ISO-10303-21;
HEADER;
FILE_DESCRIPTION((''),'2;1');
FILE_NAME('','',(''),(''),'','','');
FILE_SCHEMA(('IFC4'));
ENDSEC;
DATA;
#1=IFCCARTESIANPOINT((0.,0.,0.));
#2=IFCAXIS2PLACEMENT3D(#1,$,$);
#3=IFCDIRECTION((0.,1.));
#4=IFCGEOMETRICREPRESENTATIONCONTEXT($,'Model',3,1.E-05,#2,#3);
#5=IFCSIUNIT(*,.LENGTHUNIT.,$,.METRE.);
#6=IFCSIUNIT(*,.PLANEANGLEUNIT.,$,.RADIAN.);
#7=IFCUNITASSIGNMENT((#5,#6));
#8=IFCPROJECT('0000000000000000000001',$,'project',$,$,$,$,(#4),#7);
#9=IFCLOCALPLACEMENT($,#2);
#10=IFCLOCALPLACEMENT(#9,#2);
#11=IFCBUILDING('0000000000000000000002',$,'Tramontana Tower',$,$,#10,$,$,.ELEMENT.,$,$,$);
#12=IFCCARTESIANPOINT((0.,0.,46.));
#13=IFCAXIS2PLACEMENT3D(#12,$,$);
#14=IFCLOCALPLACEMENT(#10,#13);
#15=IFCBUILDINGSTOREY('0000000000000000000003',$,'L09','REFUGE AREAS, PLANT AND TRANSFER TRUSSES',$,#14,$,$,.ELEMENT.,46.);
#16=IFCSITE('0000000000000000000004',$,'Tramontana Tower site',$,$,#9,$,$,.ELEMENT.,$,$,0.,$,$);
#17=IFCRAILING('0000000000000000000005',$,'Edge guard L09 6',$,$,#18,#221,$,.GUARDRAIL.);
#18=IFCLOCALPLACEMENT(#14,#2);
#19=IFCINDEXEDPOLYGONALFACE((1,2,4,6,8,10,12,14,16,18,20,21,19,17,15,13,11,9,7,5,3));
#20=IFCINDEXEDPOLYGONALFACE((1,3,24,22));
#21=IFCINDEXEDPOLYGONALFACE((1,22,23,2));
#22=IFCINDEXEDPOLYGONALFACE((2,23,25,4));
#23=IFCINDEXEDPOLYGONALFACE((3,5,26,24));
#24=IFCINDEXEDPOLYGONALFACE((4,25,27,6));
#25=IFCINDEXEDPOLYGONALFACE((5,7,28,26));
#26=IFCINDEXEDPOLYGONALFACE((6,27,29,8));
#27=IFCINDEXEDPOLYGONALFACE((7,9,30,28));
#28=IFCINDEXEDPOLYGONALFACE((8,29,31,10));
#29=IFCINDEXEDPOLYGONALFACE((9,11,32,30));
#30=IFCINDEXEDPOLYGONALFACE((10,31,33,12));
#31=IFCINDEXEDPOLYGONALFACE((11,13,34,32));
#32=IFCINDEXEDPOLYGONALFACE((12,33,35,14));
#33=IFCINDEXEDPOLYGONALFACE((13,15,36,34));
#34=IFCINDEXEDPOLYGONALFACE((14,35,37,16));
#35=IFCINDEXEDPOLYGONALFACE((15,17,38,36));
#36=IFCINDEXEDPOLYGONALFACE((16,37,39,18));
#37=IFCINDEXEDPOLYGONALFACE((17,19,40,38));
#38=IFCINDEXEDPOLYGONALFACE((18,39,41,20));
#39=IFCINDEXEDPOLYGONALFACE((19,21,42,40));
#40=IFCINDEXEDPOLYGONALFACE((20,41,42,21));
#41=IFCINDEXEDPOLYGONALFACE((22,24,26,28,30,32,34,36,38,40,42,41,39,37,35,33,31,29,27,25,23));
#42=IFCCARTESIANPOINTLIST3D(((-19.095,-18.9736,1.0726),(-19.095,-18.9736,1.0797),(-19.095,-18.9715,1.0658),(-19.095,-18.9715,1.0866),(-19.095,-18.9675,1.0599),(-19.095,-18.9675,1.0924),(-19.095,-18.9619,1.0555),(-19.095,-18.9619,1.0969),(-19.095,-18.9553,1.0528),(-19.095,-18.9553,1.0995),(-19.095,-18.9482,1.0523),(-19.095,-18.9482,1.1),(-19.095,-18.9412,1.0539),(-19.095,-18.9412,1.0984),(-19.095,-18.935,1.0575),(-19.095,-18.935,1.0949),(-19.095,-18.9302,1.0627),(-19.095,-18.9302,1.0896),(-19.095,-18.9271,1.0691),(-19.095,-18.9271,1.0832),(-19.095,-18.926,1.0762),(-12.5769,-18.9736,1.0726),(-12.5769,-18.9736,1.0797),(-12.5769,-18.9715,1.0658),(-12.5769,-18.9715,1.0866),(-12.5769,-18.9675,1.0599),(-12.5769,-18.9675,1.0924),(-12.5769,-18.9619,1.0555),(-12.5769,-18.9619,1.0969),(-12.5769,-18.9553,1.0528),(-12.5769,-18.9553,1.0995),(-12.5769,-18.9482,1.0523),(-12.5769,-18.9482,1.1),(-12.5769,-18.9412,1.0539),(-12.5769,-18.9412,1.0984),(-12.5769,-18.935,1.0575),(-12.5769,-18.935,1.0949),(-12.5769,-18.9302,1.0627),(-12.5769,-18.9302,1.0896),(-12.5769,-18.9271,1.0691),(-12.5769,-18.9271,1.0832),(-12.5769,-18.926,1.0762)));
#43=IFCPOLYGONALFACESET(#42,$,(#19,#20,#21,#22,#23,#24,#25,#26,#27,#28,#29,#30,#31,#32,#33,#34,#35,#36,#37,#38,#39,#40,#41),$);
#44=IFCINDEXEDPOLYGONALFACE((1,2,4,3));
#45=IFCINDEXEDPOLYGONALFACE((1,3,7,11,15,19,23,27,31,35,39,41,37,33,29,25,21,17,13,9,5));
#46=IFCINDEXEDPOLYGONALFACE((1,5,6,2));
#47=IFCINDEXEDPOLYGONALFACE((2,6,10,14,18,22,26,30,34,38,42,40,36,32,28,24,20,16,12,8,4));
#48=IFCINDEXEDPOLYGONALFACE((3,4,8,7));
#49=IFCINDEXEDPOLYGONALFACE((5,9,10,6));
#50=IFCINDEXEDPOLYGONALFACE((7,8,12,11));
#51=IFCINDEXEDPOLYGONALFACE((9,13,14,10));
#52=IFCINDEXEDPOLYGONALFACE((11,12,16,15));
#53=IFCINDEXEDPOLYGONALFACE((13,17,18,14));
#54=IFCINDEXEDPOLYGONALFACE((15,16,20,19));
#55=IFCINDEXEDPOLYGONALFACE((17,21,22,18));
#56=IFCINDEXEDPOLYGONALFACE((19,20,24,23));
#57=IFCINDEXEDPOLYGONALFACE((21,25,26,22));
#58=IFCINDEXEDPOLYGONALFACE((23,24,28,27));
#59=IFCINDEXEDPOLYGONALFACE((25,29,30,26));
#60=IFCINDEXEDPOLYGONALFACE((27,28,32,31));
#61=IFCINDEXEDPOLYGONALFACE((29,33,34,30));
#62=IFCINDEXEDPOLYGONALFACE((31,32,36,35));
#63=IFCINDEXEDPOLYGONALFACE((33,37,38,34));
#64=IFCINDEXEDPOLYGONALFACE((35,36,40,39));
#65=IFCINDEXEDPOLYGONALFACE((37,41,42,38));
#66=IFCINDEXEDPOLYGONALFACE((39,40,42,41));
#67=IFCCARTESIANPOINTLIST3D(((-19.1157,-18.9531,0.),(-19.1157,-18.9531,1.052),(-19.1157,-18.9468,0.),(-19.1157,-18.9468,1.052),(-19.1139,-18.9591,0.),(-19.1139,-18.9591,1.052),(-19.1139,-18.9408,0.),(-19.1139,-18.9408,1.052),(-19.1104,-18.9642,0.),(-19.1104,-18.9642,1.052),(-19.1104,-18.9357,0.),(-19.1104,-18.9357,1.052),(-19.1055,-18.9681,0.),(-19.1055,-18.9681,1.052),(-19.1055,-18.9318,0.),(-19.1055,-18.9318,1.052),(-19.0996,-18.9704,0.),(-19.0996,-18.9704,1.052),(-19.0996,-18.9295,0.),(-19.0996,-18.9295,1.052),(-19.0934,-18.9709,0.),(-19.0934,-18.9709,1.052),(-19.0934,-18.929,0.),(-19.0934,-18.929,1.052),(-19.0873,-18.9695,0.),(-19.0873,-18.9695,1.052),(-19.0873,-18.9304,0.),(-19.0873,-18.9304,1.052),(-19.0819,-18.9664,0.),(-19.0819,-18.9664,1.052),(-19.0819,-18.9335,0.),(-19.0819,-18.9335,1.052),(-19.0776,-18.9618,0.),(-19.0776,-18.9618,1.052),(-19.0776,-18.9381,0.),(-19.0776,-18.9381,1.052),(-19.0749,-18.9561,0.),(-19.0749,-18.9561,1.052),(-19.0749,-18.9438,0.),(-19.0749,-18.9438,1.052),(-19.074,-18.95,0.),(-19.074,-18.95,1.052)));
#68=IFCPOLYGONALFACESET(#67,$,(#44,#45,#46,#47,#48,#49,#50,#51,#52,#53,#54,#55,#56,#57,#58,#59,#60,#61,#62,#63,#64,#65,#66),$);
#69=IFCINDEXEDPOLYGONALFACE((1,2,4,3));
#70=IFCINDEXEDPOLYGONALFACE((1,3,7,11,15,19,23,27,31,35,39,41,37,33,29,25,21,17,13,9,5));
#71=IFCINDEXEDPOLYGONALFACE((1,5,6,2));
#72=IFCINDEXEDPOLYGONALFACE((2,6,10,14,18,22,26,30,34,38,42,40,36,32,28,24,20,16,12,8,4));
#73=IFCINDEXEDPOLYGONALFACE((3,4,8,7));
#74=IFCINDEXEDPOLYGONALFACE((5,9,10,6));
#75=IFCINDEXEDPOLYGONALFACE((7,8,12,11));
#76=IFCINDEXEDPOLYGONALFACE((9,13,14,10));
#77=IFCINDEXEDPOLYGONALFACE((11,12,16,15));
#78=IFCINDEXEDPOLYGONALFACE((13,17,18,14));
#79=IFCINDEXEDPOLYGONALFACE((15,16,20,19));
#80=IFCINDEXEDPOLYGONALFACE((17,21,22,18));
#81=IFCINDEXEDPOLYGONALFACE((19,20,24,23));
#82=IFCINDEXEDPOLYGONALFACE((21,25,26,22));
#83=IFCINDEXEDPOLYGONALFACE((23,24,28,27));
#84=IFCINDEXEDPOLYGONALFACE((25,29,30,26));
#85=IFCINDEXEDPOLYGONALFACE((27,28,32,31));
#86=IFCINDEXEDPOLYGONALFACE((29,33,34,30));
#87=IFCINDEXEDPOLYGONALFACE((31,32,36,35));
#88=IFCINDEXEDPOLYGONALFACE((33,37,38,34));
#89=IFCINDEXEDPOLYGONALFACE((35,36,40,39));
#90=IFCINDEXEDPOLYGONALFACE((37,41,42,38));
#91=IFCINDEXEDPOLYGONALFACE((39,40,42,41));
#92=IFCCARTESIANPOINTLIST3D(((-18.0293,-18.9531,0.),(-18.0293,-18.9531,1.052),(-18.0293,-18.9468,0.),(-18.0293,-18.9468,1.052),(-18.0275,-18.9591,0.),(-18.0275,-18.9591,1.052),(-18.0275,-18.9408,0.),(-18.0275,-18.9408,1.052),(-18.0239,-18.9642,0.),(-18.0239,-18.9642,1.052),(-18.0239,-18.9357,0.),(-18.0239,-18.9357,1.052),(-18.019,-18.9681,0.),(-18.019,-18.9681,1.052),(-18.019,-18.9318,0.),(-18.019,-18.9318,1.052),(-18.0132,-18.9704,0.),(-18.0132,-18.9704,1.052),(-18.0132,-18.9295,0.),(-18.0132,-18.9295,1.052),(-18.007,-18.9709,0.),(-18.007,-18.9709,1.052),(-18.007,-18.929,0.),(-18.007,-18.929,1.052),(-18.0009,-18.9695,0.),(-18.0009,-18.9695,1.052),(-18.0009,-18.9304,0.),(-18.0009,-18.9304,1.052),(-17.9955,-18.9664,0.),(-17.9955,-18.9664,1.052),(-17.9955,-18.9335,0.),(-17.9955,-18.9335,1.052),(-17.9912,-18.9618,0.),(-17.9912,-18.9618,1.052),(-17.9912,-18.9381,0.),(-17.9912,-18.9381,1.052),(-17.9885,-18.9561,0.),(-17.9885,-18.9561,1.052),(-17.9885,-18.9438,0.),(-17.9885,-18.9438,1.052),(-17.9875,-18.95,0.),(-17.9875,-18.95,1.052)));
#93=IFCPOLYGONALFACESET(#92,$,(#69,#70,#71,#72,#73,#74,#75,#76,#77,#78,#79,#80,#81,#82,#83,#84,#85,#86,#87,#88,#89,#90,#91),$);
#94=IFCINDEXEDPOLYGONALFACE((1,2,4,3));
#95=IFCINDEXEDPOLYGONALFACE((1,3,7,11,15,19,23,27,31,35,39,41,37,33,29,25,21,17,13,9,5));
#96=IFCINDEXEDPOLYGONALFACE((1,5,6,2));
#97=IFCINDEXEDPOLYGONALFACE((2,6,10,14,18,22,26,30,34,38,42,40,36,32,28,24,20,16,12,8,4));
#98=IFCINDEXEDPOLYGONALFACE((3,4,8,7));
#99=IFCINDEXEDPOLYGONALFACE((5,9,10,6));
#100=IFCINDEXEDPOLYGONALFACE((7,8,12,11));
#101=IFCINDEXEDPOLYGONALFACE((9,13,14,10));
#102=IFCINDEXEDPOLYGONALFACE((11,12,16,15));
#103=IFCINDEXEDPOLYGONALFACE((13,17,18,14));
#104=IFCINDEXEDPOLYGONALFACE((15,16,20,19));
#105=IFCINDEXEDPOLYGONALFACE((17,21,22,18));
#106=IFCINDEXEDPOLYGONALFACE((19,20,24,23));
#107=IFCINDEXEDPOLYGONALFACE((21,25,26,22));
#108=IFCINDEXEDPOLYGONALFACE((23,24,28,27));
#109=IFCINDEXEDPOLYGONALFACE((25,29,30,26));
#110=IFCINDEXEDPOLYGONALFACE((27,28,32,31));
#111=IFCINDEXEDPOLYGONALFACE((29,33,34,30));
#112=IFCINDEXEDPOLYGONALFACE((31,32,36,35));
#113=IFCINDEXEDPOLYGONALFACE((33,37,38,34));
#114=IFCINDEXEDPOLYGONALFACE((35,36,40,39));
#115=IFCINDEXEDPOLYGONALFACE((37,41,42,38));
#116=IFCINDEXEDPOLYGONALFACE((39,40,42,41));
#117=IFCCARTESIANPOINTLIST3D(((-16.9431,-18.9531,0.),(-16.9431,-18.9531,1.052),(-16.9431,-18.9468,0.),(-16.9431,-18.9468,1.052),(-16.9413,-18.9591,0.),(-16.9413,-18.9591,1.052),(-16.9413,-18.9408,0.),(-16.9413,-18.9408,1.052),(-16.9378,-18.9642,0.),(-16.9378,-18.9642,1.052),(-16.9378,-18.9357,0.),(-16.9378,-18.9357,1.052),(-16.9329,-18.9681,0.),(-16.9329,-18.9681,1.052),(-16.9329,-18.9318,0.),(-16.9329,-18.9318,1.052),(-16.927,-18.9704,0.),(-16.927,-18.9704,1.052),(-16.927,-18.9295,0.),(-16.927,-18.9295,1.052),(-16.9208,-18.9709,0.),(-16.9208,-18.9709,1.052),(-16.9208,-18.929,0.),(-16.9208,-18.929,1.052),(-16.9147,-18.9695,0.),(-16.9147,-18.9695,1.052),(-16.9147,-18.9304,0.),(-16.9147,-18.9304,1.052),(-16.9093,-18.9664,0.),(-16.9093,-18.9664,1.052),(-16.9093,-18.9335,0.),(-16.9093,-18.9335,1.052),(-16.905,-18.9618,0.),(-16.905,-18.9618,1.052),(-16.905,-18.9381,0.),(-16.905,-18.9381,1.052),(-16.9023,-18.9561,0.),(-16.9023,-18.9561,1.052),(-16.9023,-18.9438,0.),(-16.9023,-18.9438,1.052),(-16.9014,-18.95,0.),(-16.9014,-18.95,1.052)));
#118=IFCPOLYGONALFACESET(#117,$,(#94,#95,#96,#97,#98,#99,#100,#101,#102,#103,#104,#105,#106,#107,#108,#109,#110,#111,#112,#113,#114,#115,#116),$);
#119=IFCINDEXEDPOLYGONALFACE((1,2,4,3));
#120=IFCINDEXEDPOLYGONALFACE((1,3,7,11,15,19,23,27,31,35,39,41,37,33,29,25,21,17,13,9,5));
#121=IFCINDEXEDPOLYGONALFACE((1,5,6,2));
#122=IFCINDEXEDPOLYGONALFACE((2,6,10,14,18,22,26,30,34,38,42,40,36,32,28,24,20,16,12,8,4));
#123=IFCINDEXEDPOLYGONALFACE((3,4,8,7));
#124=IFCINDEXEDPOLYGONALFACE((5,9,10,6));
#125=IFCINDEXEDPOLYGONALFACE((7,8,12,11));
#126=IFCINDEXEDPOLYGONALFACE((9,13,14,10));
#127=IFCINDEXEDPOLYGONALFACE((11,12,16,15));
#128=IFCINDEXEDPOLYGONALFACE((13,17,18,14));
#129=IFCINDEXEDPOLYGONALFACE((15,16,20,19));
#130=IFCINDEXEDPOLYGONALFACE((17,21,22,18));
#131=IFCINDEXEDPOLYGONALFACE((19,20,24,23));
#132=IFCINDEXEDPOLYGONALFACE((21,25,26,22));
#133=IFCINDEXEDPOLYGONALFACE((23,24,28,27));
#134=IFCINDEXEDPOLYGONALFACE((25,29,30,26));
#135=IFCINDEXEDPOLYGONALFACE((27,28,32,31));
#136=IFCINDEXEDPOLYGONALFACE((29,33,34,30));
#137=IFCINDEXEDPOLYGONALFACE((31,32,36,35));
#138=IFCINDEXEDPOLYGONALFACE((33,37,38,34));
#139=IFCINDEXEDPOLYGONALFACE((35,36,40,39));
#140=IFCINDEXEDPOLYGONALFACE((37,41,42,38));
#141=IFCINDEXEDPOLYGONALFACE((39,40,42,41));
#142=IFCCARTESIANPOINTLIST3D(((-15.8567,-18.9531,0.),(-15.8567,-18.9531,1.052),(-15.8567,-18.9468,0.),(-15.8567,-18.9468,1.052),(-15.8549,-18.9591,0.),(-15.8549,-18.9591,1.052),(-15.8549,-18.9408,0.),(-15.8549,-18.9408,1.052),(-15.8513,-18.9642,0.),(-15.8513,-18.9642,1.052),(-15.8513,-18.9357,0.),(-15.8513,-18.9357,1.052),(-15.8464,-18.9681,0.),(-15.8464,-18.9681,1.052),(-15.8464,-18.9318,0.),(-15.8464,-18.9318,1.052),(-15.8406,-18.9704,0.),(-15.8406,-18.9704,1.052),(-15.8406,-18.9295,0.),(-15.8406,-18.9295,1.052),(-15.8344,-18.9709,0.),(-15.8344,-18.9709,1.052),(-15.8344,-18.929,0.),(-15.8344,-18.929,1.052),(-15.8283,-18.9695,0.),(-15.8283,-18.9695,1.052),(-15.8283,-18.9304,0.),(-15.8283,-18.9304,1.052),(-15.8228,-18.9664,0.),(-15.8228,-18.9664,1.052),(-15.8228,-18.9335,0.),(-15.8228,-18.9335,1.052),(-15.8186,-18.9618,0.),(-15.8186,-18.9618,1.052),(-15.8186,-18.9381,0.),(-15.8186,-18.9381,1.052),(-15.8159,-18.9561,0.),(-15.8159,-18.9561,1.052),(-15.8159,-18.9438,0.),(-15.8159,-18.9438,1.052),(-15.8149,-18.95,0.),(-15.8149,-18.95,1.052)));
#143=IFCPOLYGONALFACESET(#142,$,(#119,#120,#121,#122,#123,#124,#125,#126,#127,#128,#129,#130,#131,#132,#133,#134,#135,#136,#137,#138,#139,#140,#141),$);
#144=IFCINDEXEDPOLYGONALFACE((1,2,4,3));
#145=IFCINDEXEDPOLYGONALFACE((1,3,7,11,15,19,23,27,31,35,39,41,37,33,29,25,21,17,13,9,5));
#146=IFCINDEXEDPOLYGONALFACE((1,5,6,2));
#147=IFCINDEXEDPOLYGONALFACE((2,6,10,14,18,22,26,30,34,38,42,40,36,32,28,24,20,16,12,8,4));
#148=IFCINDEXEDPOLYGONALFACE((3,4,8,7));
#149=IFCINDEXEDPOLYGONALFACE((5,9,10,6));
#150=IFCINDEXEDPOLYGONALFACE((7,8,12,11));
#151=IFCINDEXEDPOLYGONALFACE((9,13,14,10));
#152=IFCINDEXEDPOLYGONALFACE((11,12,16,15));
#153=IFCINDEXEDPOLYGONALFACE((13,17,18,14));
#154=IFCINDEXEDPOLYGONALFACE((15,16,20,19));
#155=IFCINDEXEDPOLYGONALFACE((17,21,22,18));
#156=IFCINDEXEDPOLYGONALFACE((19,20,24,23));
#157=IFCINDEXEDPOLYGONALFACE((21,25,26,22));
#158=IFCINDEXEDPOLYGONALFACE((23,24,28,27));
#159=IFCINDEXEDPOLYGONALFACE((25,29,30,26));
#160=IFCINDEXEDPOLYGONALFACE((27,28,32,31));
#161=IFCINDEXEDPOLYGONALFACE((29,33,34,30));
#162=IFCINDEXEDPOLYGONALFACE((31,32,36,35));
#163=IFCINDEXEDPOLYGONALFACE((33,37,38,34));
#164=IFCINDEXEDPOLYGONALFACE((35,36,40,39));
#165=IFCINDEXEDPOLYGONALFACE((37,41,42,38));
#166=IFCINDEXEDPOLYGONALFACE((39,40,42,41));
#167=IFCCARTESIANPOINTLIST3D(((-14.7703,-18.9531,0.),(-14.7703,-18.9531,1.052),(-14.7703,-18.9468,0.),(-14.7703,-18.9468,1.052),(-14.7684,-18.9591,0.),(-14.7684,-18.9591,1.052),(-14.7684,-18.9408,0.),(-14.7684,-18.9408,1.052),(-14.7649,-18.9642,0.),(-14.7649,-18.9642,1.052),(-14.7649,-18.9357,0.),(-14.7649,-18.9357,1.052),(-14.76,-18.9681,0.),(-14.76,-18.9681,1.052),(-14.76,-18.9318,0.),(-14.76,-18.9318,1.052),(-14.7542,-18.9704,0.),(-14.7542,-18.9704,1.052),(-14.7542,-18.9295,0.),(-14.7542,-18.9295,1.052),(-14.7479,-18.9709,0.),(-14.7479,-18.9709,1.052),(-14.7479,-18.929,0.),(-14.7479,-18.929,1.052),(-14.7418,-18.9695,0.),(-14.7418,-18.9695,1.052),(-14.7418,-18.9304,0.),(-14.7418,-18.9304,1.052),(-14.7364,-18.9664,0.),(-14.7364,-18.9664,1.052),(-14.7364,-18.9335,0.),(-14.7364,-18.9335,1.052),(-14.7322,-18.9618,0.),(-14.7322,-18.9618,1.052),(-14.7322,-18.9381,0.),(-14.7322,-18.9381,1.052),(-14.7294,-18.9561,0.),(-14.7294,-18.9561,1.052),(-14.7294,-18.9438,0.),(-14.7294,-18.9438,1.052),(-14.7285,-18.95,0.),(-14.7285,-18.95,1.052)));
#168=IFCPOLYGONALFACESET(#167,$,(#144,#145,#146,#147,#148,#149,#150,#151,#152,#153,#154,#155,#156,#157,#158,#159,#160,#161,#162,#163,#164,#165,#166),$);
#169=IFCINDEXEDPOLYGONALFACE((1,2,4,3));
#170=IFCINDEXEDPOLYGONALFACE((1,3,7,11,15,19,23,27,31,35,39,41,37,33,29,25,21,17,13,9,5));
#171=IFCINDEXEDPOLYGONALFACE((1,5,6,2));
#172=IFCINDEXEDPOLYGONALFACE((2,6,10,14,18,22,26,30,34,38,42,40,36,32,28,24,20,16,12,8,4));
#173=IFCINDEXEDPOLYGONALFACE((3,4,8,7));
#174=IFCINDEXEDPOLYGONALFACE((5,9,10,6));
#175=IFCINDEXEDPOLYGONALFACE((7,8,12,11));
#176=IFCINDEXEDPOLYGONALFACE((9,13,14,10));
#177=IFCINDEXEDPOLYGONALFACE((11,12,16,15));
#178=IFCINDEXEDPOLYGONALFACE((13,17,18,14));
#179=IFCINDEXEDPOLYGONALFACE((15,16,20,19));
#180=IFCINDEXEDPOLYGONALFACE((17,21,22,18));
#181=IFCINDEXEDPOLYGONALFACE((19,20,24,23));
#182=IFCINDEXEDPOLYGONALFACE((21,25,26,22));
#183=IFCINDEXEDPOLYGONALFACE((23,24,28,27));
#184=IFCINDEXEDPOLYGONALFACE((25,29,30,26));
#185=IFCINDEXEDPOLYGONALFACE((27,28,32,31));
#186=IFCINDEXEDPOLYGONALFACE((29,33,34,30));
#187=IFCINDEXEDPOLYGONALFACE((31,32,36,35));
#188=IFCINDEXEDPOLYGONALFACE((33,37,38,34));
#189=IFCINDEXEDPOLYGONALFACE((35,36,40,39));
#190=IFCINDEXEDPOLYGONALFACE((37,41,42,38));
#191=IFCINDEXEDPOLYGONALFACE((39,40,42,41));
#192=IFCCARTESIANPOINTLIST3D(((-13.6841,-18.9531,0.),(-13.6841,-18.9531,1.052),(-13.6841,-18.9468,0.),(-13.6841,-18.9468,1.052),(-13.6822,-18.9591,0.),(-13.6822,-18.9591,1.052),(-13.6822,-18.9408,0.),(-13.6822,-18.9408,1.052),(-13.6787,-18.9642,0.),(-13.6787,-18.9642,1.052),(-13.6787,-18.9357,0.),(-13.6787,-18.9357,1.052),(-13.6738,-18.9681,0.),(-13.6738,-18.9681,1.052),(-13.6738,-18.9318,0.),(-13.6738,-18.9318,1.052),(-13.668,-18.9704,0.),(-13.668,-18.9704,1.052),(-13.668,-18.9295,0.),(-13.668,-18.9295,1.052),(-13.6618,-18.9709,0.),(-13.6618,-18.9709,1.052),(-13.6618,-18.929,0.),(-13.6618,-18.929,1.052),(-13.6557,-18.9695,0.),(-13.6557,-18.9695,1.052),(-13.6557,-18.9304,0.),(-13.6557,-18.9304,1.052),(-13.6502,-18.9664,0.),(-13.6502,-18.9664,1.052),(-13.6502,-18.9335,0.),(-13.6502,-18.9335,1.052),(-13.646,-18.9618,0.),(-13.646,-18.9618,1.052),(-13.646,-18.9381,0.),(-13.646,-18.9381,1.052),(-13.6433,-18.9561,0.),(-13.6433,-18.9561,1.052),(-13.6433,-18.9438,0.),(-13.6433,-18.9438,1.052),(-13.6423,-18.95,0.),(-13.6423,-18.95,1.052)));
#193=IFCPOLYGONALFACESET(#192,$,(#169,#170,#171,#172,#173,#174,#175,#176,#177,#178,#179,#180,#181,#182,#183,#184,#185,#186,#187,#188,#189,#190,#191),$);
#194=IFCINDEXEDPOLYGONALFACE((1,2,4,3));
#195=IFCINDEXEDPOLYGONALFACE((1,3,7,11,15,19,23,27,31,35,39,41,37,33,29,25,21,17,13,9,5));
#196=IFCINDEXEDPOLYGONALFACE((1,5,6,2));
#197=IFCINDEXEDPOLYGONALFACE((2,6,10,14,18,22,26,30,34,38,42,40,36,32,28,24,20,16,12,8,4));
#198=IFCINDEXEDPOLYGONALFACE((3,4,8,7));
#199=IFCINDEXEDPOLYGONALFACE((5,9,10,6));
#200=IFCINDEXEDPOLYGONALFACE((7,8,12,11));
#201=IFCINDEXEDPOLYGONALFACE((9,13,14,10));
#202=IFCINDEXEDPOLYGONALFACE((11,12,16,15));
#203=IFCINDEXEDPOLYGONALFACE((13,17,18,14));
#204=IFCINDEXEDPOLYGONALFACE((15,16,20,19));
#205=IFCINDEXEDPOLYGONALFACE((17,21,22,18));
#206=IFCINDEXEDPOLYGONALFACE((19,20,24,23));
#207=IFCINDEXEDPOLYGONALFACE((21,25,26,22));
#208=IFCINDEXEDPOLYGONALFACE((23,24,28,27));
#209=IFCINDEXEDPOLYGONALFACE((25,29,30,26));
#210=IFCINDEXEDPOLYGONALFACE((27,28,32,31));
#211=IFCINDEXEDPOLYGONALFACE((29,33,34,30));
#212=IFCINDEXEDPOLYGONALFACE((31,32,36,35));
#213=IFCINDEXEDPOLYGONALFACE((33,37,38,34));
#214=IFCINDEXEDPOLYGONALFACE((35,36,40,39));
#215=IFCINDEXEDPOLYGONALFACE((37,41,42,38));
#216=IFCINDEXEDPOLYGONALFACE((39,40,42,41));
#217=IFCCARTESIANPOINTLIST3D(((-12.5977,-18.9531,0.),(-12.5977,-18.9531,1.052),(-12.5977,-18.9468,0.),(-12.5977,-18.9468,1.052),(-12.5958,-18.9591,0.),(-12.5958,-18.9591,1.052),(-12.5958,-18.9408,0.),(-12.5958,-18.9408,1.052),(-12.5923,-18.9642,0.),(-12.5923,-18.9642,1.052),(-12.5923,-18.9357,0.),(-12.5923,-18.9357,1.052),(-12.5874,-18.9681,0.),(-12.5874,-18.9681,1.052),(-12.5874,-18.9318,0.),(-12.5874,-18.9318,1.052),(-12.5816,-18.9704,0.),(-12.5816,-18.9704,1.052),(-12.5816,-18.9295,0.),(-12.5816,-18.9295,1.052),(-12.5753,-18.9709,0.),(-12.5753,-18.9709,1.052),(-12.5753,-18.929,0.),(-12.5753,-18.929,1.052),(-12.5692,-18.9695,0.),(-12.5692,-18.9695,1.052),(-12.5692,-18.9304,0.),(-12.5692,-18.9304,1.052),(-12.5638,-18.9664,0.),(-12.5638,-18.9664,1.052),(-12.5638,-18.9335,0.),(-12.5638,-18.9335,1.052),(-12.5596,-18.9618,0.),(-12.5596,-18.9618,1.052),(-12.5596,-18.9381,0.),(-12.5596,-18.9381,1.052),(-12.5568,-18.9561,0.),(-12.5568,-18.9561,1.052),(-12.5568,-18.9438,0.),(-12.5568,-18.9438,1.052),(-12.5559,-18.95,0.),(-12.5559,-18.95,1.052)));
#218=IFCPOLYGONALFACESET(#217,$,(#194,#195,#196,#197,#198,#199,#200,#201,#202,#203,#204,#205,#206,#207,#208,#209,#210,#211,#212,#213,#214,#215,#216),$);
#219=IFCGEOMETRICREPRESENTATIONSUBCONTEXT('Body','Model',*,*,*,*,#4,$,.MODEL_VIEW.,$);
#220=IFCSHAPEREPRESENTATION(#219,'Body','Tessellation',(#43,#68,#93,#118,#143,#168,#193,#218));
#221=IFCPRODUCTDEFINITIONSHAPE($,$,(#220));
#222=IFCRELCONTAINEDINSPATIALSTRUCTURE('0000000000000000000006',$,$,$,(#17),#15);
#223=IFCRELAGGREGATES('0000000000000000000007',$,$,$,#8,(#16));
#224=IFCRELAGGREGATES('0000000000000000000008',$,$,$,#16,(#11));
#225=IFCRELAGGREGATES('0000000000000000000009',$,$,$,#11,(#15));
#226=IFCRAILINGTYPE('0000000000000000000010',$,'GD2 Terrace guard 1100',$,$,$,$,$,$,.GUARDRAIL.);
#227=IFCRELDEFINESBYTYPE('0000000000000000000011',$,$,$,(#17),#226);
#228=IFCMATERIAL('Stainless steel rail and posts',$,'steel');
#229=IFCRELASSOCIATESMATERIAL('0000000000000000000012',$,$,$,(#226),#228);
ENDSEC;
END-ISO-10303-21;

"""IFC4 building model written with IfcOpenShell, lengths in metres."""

from ifc_helpers import new_model, si_unit, direction, frame, origin, origin_2d, place, context, subcontext, project, spatial, circle, extrude, material, type_object, element, save


model = new_model("IFC4")

# Units and contexts
model_context = context("Model", 3, precision=1e-05, world=origin(), true_north=direction((0.0, 1.0)))
body_context = subcontext(model_context, "Body", "Model", "MODEL_VIEW")
ifc_project = project(units=[si_unit("LENGTHUNIT", "METRE"), si_unit("PLANEANGLEUNIT", "RADIAN")], contexts=[model_context])

# Site, building, storey
site_placement = place(None, origin())
site = spatial("IfcSite", under=ifc_project, at=site_placement, Name="Tramontana Tower site", CompositionType="ELEMENT", RefElevation=0.0)
building_placement = place(site_placement, origin())
building = spatial("IfcBuilding", under=site, at=building_placement, Name="Tramontana Tower", CompositionType="ELEMENT")
storey_placement = place(building_placement, frame((0.0, 0.0, 46.0)))
storey = spatial("IfcBuildingStorey", under=building, at=storey_placement, Name="L09", Description="REFUGE AREAS, PLANT AND TRANSFER TRUSSES", CompositionType="ELEMENT", Elevation=46.0)

# Railing
ifc_material_1 = material(Name="Stainless steel rail and posts", Category="steel")
railing_type = type_object("IfcRailingType", Name="GD2 Terrace guard 1100", PredefinedType="GUARDRAIL", material=ifc_material_1)
railing_placement = place(storey_placement, frame((-19.095, -18.95, 0.0)))
element("IfcRailing", 1, at=railing_placement, inside=storey, type_object=railing_type, Name="Edge guard L09 6", PredefinedType="GUARDRAIL", context=body_context, shape_type="SweptSolid", body=[
    extrude(circle(Radius=0.0239, at=origin_2d()), frame((0.0, 0.0, 1.0762), z_axis=(1.0, 0.0, 0.0), x_axis=(0.0, 1.0, 0.0)), (0.0, 0.0, 1.0), 6.5181),
    extrude(circle(Radius=0.021, at=origin_2d()), origin(), (0.0, 0.0, 1.0), 1.052),
    extrude(circle(Radius=0.021, at=origin_2d()), frame((1.0864, 0.0, 0.0)), (0.0, 0.0, 1.0), 1.052),
    extrude(circle(Radius=0.021, at=origin_2d()), frame((2.1726, 0.0, 0.0)), (0.0, 0.0, 1.0), 1.052),
    extrude(circle(Radius=0.021, at=origin_2d()), frame((3.259, 0.0, 0.0)), (0.0, 0.0, 1.0), 1.052),
    extrude(circle(Radius=0.021, at=origin_2d()), frame((4.3455, 0.0, 0.0)), (0.0, 0.0, 1.0), 1.052),
    extrude(circle(Radius=0.021, at=origin_2d()), frame((5.4316, 0.0, 0.0)), (0.0, 0.0, 1.0), 1.052),
    extrude(circle(Radius=0.021, at=origin_2d()), frame((6.5181, 0.0, 0.0)), (0.0, 0.0, 1.0), 1.052),
])

save(model, "model.ifc")
